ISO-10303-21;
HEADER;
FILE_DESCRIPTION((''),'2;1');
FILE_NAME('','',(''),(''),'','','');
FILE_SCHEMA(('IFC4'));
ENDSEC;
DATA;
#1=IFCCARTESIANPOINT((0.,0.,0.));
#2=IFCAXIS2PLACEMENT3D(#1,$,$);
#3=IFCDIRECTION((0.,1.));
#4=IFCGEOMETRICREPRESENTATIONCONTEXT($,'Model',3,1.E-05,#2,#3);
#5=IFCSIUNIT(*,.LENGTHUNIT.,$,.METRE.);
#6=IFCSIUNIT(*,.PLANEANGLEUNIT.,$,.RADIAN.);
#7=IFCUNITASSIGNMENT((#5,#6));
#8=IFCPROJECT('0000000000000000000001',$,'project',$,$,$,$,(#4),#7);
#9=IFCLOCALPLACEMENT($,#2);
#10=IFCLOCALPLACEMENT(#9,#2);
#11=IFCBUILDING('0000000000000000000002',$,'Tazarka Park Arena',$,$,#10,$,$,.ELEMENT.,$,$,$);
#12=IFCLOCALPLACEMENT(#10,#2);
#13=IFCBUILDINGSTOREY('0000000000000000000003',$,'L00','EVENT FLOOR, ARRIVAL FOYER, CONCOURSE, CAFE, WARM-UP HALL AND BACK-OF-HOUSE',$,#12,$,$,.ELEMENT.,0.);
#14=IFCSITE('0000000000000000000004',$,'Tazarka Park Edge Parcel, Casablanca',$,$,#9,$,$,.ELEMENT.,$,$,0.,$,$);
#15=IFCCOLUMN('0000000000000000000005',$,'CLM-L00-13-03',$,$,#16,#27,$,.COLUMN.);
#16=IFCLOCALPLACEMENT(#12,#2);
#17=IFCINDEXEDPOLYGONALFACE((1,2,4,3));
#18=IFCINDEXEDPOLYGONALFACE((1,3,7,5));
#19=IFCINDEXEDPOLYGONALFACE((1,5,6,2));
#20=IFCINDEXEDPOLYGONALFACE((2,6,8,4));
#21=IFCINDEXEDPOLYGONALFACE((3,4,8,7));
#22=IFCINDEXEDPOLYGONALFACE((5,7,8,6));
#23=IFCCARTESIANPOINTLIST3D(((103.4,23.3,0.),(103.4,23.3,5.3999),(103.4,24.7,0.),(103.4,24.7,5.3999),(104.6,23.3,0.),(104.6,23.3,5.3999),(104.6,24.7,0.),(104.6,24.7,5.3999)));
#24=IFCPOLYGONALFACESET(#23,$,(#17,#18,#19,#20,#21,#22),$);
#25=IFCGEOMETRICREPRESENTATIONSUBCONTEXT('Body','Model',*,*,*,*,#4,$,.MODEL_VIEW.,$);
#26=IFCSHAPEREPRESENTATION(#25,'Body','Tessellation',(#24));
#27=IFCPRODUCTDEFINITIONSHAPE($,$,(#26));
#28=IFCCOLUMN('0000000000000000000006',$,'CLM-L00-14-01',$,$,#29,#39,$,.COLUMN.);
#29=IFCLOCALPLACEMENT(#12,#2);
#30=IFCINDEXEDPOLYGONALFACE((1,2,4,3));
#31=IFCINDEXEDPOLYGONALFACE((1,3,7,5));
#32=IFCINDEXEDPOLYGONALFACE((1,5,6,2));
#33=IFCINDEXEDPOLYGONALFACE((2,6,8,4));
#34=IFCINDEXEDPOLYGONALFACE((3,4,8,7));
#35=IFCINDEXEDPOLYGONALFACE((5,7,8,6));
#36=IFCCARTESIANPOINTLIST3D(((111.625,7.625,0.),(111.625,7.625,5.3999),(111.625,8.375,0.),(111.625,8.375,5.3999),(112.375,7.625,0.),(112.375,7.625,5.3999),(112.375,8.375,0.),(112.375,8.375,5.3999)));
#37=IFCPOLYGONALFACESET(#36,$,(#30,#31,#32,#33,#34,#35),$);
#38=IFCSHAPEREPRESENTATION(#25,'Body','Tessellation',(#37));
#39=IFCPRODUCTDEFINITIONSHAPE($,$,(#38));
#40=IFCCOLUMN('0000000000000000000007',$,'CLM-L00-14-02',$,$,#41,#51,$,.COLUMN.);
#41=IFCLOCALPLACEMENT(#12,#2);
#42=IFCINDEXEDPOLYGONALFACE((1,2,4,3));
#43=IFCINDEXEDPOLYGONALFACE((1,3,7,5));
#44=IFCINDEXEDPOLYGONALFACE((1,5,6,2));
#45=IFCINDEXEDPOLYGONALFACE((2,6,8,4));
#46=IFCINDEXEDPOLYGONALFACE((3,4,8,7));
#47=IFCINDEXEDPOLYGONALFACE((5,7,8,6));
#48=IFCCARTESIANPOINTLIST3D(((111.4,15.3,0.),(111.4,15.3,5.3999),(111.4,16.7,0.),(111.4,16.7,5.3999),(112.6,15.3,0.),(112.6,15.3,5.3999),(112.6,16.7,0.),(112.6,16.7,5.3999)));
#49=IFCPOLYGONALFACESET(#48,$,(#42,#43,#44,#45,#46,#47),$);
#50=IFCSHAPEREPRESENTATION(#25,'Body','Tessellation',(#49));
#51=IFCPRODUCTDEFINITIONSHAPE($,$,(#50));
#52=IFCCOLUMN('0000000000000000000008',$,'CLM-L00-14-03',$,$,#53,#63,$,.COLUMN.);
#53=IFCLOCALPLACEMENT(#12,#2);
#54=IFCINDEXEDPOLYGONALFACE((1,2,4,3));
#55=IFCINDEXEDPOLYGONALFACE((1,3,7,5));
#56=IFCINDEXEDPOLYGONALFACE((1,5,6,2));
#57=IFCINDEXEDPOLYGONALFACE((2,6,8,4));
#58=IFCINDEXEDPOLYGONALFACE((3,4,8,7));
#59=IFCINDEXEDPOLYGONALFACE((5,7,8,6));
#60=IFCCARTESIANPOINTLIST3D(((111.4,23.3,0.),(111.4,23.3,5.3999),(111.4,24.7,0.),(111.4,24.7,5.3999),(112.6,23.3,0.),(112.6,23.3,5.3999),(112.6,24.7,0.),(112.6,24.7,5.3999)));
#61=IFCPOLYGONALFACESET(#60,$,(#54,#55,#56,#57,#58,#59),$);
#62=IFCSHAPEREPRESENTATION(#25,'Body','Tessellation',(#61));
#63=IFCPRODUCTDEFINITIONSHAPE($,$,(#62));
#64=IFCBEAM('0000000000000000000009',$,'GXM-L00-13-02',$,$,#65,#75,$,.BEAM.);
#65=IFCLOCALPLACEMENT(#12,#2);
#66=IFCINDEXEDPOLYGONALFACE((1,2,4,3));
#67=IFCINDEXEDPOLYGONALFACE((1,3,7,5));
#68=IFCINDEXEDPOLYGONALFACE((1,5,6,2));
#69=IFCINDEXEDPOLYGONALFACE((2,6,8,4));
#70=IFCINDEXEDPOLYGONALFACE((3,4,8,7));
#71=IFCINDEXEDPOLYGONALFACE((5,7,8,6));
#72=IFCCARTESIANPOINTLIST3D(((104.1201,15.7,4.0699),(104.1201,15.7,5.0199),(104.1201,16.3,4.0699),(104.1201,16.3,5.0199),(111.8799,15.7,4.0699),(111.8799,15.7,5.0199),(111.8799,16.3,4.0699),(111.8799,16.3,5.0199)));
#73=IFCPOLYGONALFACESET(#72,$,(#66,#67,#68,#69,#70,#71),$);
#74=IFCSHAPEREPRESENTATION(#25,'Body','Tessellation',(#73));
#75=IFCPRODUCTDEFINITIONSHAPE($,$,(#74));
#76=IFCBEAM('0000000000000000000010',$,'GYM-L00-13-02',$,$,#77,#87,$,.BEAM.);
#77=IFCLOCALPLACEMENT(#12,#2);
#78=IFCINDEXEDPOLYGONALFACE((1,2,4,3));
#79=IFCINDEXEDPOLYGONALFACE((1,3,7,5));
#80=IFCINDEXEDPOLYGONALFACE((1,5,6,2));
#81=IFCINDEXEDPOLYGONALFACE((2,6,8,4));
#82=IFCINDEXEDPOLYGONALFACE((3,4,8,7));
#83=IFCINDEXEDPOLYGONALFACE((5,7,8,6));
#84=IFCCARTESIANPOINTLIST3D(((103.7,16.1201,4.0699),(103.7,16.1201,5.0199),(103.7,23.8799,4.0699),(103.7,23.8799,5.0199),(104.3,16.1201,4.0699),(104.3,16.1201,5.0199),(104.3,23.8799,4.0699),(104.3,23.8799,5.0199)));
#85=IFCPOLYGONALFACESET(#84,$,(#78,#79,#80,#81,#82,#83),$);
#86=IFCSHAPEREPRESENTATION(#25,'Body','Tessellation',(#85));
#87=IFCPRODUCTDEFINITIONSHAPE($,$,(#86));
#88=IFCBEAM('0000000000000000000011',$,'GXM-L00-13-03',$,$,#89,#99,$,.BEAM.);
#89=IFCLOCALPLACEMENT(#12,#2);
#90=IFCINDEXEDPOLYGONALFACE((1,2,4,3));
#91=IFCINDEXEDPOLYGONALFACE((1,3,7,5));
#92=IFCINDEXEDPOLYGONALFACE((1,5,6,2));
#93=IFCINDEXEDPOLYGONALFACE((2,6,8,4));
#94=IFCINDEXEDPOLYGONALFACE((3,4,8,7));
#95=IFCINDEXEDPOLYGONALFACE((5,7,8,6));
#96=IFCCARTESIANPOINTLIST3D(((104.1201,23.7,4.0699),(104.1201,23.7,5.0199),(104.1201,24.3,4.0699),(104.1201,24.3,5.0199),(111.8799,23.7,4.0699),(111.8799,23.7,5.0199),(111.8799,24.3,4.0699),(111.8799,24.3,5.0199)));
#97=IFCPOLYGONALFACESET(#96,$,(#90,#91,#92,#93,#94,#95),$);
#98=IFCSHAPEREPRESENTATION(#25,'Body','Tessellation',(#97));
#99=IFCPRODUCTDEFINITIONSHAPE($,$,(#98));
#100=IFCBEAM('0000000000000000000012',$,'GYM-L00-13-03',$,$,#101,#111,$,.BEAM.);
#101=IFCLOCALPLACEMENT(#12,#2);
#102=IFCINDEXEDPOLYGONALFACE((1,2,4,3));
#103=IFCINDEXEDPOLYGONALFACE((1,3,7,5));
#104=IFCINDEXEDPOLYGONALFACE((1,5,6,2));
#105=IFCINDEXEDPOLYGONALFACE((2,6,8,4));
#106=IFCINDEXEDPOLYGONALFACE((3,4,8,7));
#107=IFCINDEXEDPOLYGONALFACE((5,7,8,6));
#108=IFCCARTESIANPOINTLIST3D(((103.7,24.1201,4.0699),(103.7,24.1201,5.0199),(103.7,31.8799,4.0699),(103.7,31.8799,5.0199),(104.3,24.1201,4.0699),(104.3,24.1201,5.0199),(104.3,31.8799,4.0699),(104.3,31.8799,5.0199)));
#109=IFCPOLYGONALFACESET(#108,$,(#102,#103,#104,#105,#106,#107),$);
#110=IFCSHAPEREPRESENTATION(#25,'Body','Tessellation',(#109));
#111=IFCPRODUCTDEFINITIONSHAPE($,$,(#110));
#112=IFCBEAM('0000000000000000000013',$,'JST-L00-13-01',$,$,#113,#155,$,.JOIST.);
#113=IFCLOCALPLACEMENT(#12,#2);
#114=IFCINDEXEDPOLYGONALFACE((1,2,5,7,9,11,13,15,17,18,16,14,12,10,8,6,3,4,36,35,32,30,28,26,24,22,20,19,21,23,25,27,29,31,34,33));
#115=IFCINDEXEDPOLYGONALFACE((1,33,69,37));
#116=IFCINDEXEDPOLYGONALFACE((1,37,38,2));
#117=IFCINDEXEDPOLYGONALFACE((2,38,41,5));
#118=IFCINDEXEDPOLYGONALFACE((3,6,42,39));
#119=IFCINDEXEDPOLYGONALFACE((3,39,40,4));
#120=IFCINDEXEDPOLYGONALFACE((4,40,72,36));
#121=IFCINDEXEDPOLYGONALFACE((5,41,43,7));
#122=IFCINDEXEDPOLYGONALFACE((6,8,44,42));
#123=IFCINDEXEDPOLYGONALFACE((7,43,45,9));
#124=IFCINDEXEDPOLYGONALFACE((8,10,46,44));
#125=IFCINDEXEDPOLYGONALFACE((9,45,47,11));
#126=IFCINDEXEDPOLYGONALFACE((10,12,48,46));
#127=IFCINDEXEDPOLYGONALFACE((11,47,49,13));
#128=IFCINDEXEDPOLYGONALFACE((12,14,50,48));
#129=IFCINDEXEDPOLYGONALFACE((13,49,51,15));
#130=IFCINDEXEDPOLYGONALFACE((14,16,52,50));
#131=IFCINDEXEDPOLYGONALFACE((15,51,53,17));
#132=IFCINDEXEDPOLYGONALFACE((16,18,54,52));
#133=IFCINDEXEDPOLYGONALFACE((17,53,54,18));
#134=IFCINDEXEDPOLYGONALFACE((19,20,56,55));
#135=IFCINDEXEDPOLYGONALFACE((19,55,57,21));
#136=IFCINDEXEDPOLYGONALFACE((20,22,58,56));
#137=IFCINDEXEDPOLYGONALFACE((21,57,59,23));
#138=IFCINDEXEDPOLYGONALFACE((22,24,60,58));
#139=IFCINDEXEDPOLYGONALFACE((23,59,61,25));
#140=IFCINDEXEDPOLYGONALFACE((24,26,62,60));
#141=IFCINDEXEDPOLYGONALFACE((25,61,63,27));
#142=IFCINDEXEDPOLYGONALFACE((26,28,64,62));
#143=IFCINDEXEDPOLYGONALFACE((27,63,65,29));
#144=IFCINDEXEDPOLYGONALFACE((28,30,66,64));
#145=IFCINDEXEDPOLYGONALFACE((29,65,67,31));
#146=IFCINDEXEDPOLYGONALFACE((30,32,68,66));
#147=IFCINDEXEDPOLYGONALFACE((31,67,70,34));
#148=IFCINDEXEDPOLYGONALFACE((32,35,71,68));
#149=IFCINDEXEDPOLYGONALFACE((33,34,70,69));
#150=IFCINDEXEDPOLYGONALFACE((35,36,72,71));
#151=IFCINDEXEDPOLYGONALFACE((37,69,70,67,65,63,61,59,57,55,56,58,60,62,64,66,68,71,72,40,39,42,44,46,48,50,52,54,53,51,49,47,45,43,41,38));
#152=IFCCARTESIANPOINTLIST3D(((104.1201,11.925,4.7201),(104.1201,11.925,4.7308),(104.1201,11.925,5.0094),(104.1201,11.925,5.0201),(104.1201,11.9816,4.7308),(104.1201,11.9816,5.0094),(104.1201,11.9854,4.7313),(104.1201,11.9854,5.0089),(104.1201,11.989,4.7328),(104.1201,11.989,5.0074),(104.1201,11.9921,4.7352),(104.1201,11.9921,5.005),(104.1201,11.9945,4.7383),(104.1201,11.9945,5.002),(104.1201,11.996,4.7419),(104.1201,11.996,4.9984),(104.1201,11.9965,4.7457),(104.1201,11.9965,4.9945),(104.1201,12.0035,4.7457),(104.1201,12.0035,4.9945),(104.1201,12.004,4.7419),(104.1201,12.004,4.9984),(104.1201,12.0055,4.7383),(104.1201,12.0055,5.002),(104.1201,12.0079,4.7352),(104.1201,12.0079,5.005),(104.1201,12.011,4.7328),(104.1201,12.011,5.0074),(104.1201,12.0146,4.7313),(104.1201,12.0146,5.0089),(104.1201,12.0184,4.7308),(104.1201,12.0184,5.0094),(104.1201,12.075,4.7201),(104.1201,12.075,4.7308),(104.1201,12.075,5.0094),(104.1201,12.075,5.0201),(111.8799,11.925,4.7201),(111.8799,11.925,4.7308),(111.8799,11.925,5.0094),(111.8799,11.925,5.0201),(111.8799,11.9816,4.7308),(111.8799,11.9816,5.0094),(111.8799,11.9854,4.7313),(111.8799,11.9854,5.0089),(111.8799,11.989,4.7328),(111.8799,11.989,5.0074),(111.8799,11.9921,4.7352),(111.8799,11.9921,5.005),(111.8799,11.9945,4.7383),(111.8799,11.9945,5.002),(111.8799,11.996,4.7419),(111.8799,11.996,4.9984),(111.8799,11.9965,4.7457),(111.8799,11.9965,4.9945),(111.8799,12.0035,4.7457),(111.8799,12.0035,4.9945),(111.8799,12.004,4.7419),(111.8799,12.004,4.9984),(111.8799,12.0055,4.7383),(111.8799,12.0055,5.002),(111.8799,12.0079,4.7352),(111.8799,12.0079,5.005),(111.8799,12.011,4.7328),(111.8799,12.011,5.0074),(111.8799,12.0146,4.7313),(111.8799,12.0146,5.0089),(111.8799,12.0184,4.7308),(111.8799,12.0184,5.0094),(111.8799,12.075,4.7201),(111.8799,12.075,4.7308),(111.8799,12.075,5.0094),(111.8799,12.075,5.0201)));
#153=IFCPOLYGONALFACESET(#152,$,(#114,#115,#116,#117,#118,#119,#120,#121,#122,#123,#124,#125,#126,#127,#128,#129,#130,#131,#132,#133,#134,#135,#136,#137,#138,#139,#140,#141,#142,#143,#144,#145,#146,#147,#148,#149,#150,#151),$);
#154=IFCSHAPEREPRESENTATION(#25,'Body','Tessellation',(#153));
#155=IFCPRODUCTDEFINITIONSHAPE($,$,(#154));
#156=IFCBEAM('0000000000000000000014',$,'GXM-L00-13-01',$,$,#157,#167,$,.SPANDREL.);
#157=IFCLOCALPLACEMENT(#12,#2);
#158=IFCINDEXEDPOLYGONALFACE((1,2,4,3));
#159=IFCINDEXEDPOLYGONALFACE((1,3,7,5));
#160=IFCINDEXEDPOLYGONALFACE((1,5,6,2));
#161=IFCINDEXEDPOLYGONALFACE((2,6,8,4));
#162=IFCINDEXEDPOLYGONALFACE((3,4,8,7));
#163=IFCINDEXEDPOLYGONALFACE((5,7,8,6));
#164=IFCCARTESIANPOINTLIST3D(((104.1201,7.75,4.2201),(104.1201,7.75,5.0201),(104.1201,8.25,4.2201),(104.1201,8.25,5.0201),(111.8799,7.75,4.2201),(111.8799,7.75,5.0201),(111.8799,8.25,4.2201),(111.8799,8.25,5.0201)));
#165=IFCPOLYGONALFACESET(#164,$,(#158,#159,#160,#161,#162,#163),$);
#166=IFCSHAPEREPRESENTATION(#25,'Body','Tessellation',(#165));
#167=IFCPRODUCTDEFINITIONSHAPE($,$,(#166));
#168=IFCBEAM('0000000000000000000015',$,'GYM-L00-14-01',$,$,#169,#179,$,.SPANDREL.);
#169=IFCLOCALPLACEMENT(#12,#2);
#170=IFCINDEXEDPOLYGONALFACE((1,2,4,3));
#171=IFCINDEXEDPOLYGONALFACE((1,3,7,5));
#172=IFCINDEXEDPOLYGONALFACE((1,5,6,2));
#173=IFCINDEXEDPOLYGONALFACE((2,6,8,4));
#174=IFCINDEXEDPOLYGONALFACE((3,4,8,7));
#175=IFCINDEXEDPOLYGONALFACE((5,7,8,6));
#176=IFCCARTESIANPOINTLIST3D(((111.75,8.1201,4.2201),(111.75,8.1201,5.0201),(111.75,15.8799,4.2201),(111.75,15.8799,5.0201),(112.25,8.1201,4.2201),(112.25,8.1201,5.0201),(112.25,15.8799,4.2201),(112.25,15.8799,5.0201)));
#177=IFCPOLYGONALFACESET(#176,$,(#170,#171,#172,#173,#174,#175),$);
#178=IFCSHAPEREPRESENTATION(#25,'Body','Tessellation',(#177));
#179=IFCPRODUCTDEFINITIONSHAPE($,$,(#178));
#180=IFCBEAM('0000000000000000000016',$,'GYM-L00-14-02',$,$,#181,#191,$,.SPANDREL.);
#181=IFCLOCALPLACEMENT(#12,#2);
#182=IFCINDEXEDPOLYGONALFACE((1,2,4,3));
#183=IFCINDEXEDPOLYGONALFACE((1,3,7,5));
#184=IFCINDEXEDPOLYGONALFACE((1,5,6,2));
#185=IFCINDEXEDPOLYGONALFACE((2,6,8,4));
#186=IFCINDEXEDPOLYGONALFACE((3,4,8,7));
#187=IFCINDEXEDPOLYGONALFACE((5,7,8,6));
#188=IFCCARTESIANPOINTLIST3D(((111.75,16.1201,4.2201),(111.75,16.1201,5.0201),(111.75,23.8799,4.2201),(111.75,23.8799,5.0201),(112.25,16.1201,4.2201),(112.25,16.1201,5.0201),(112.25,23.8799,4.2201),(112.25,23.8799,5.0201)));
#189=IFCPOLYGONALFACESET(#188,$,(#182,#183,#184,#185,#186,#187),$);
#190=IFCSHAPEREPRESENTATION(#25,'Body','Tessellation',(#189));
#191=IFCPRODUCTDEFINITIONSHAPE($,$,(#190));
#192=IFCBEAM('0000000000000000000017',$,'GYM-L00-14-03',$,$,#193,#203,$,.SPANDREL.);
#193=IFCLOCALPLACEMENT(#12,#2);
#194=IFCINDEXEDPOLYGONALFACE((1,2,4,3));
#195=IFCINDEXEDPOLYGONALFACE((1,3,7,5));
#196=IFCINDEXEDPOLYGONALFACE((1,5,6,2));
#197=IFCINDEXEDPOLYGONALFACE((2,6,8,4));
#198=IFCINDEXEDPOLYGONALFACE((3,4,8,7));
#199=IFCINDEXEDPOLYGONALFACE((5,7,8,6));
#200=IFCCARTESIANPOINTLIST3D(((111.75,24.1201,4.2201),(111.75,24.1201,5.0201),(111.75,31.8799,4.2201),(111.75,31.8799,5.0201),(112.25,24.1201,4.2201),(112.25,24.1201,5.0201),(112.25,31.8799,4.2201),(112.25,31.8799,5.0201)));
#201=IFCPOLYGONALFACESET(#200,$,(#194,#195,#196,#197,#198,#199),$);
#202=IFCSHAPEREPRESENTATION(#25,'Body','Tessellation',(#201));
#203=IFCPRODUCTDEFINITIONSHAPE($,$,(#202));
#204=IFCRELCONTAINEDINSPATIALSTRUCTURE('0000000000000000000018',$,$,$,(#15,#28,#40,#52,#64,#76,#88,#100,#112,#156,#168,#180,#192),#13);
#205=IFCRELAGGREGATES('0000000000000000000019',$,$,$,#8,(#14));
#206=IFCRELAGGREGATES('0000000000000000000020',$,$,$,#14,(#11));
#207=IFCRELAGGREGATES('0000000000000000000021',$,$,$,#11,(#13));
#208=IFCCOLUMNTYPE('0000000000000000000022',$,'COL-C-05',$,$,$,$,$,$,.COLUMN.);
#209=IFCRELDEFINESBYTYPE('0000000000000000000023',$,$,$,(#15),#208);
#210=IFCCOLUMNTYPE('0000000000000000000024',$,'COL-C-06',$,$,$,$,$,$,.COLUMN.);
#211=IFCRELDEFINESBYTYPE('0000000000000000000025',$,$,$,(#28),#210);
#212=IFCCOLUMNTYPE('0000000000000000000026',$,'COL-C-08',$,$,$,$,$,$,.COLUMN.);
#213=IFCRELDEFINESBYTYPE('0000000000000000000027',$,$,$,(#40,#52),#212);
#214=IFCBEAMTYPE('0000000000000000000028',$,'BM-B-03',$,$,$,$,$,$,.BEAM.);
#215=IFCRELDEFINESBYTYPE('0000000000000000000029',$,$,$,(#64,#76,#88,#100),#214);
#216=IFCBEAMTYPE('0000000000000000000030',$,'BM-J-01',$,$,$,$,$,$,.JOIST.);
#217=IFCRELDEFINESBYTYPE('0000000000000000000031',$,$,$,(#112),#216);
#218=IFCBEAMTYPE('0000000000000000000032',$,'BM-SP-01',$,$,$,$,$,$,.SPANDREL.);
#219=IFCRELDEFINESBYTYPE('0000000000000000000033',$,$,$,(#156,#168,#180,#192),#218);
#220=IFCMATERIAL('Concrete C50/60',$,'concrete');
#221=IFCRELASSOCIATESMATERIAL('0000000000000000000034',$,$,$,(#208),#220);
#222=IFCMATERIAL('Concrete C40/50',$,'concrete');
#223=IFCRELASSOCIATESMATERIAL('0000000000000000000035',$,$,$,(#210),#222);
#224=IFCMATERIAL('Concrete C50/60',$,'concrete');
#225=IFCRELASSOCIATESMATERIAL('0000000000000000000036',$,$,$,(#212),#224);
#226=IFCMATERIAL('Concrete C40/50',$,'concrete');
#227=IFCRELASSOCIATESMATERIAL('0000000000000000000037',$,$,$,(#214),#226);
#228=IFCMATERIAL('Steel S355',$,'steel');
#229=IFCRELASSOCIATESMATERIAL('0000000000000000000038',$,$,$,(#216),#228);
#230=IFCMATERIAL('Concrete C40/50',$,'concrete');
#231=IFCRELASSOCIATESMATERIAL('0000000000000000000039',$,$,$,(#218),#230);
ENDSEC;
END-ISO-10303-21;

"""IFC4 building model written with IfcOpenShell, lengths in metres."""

from ifc_helpers import new_model, si_unit, direction, frame, origin, origin_2d, place, context, subcontext, project, spatial, rectangle, i_section, extrude, material, material_profile, profile_set, type_object, element, save


model = new_model("IFC4")

# Units and contexts
model_context = context("Model", 3, precision=1e-05, world=origin(), true_north=direction((0.0, 1.0)))
body_context = subcontext(model_context, "Body", "Model", "MODEL_VIEW")
ifc_project = project(units=[si_unit("LENGTHUNIT", "METRE"), si_unit("PLANEANGLEUNIT", "RADIAN")], contexts=[model_context])

# Site, building, storey
site_placement = place(None, origin())
site = spatial("IfcSite", under=ifc_project, at=site_placement, Name="Tazarka Park Edge Parcel, Casablanca", CompositionType="ELEMENT", RefElevation=0.0)
building_placement = place(site_placement, origin())
building = spatial("IfcBuilding", under=site, at=building_placement, Name="Tazarka Park Arena", CompositionType="ELEMENT")
storey_placement = place(building_placement, origin())
storey = spatial("IfcBuildingStorey", under=building, at=storey_placement, Name="L00", Description="EVENT FLOOR, ARRIVAL FOYER, CONCOURSE, CAFE, WARM-UP HALL AND BACK-OF-HOUSE", CompositionType="ELEMENT", Elevation=0.0)

# Columns
ifc_material_1 = material(Name="Concrete C50/60", Category="concrete")
ifc_material_profile_1 = material_profile(ifc_material_1, rectangle(XDim=1.2, YDim=1.3999, at=origin_2d()), Name="Concrete C50/60")
ifc_profile_set_1 = profile_set([ifc_material_profile_1], Name="Concrete C50/60")
column_type_1 = type_object("IfcColumnType", Name="COL-C-05", PredefinedType="COLUMN", material=ifc_profile_set_1)
column_1_placement = place(storey_placement, frame((104.0, 24.0, 0.0), z_axis=(0.0, 0.0, 1.0), x_axis=(1.0, 0.0, 0.0)))
element("IfcColumn", 1, at=column_1_placement, inside=storey, type_object=column_type_1, Name="CLM-L00-13-03", PredefinedType="COLUMN", context=body_context, shape_type="SweptSolid", body=[
    extrude(rectangle(XDim=1.2, YDim=1.3999, at=origin_2d()), origin(), (0.0, 0.0, 1.0), 5.3999),
])
ifc_material_2 = material(Name="Concrete C40/50", Category="concrete")
ifc_material_profile_2 = material_profile(ifc_material_2, rectangle(XDim=0.75, YDim=0.75, at=origin_2d()), Name="Concrete C40/50")
ifc_profile_set_2 = profile_set([ifc_material_profile_2], Name="Concrete C40/50")
column_type_2 = type_object("IfcColumnType", Name="COL-C-06", PredefinedType="COLUMN", material=ifc_profile_set_2)
column_2_placement = place(storey_placement, frame((112.0, 8.0, 0.0), z_axis=(0.0, 0.0, 1.0), x_axis=(1.0, 0.0, 0.0)))
element("IfcColumn", 2, at=column_2_placement, inside=storey, type_object=column_type_2, Name="CLM-L00-14-01", PredefinedType="COLUMN", context=body_context, shape_type="SweptSolid", body=[
    extrude(rectangle(XDim=0.75, YDim=0.75, at=origin_2d()), origin(), (0.0, 0.0, 1.0), 5.3999),
])
ifc_material_3 = material(Name="Concrete C50/60", Category="concrete")
ifc_material_profile_3 = material_profile(ifc_material_3, rectangle(XDim=1.2, YDim=1.3999, at=origin_2d()), Name="Concrete C50/60")
ifc_profile_set_3 = profile_set([ifc_material_profile_3], Name="Concrete C50/60")
column_type_3 = type_object("IfcColumnType", Name="COL-C-08", PredefinedType="COLUMN", material=ifc_profile_set_3)
for number, where, z_axis, x_axis, name in (
    (3, (112.0, 16.0, 0.0), (0.0, 0.0, 1.0), (1.0, 0.0, 0.0), "CLM-L00-14-02"),
    (4, (112.0, 24.0, 0.0), (0.0, 0.0, 1.0), (1.0, 0.0, 0.0), "CLM-L00-14-03"),
):
    element("IfcColumn", number, at=place(storey_placement, frame(where, z_axis=z_axis, x_axis=x_axis)), inside=storey, type_object=column_type_3, Name=name, PredefinedType="COLUMN", context=body_context, shape_type="SweptSolid", body=[
        extrude(rectangle(XDim=1.2, YDim=1.3999, at=origin_2d()), origin(), (0.0, 0.0, 1.0), 5.3999),
    ])

# Beams
ifc_material_4 = material(Name="Concrete C40/50", Category="concrete")
ifc_material_profile_4 = material_profile(ifc_material_4, rectangle(XDim=0.6001, YDim=0.95, at=origin_2d()), Name="Concrete C40/50")
ifc_profile_set_4 = profile_set([ifc_material_profile_4], Name="Concrete C40/50")
beam_type_1 = type_object("IfcBeamType", Name="BM-B-03", PredefinedType="BEAM", material=ifc_profile_set_4)
for number, where, z_axis, x_axis, name in (
    (5, (104.1201, 16.0, 4.5449), (1.0, 0.0, 0.0), (0.0, 1.0, 0.0), "GXM-L00-13-02"),
    (6, (104.0, 16.1201, 4.5449), (0.0, 1.0, 0.0), (-1.0, 0.0, 0.0), "GYM-L00-13-02"),
    (7, (104.1201, 24.0, 4.5449), (1.0, 0.0, 0.0), (0.0, 1.0, 0.0), "GXM-L00-13-03"),
    (8, (104.0, 24.1201, 4.5449), (0.0, 1.0, 0.0), (-1.0, 0.0, 0.0), "GYM-L00-13-03"),
):
    element("IfcBeam", number, at=place(storey_placement, frame(where, z_axis=z_axis, x_axis=x_axis)), inside=storey, type_object=beam_type_1, Name=name, PredefinedType="BEAM", context=body_context, shape_type="SweptSolid", body=[
        extrude(rectangle(XDim=0.6001, YDim=0.95, at=origin_2d()), origin(), (0.0, 0.0, 1.0), 7.7598),
    ])
ifc_material_5 = material(Name="Steel S355", Category="steel")
ifc_material_profile_5 = material_profile(ifc_material_5, i_section(OverallWidth=0.1499, OverallDepth=0.3, WebThickness=0.0071, FlangeThickness=0.0107, FilletRadius=0.0149, at=origin_2d()), Name="Steel S355")
ifc_profile_set_5 = profile_set([ifc_material_profile_5], Name="Steel S355")
beam_type_2 = type_object("IfcBeamType", Name="BM-J-01", PredefinedType="JOIST", material=ifc_profile_set_5)
beam_1_placement = place(storey_placement, frame((104.1201, 12.0, 4.8701), z_axis=(1.0, 0.0, 0.0), x_axis=(0.0, 1.0, 0.0)))
element("IfcBeam", 9, at=beam_1_placement, inside=storey, type_object=beam_type_2, Name="JST-L00-13-01", PredefinedType="JOIST", context=body_context, shape_type="SweptSolid", body=[
    extrude(i_section(OverallWidth=0.1499, OverallDepth=0.3, WebThickness=0.0071, FlangeThickness=0.0107, FilletRadius=0.0149, at=origin_2d()), origin(), (0.0, 0.0, 1.0), 7.7598),
])
ifc_material_6 = material(Name="Concrete C40/50", Category="concrete")
ifc_material_profile_6 = material_profile(ifc_material_6, rectangle(XDim=0.5, YDim=0.8, at=origin_2d()), Name="Concrete C40/50")
ifc_profile_set_6 = profile_set([ifc_material_profile_6], Name="Concrete C40/50")
beam_type_3 = type_object("IfcBeamType", Name="BM-SP-01", PredefinedType="SPANDREL", material=ifc_profile_set_6)
for number, where, z_axis, x_axis, name in (
    (10, (104.1201, 8.0, 4.6201), (1.0, 0.0, 0.0), (0.0, 1.0, 0.0), "GXM-L00-13-01"),
    (11, (112.0, 8.1201, 4.6201), (0.0, 1.0, 0.0), (-1.0, 0.0, 0.0), "GYM-L00-14-01"),
    (12, (112.0, 16.1201, 4.6201), (0.0, 1.0, 0.0), (-1.0, 0.0, 0.0), "GYM-L00-14-02"),
    (13, (112.0, 24.1201, 4.6201), (0.0, 1.0, 0.0), (-1.0, 0.0, 0.0), "GYM-L00-14-03"),
):
    element("IfcBeam", number, at=place(storey_placement, frame(where, z_axis=z_axis, x_axis=x_axis)), inside=storey, type_object=beam_type_3, Name=name, PredefinedType="SPANDREL", context=body_context, shape_type="SweptSolid", body=[
        extrude(rectangle(XDim=0.5, YDim=0.8, at=origin_2d()), origin(), (0.0, 0.0, 1.0), 7.7598),
    ])

save(model, "model.ifc")
